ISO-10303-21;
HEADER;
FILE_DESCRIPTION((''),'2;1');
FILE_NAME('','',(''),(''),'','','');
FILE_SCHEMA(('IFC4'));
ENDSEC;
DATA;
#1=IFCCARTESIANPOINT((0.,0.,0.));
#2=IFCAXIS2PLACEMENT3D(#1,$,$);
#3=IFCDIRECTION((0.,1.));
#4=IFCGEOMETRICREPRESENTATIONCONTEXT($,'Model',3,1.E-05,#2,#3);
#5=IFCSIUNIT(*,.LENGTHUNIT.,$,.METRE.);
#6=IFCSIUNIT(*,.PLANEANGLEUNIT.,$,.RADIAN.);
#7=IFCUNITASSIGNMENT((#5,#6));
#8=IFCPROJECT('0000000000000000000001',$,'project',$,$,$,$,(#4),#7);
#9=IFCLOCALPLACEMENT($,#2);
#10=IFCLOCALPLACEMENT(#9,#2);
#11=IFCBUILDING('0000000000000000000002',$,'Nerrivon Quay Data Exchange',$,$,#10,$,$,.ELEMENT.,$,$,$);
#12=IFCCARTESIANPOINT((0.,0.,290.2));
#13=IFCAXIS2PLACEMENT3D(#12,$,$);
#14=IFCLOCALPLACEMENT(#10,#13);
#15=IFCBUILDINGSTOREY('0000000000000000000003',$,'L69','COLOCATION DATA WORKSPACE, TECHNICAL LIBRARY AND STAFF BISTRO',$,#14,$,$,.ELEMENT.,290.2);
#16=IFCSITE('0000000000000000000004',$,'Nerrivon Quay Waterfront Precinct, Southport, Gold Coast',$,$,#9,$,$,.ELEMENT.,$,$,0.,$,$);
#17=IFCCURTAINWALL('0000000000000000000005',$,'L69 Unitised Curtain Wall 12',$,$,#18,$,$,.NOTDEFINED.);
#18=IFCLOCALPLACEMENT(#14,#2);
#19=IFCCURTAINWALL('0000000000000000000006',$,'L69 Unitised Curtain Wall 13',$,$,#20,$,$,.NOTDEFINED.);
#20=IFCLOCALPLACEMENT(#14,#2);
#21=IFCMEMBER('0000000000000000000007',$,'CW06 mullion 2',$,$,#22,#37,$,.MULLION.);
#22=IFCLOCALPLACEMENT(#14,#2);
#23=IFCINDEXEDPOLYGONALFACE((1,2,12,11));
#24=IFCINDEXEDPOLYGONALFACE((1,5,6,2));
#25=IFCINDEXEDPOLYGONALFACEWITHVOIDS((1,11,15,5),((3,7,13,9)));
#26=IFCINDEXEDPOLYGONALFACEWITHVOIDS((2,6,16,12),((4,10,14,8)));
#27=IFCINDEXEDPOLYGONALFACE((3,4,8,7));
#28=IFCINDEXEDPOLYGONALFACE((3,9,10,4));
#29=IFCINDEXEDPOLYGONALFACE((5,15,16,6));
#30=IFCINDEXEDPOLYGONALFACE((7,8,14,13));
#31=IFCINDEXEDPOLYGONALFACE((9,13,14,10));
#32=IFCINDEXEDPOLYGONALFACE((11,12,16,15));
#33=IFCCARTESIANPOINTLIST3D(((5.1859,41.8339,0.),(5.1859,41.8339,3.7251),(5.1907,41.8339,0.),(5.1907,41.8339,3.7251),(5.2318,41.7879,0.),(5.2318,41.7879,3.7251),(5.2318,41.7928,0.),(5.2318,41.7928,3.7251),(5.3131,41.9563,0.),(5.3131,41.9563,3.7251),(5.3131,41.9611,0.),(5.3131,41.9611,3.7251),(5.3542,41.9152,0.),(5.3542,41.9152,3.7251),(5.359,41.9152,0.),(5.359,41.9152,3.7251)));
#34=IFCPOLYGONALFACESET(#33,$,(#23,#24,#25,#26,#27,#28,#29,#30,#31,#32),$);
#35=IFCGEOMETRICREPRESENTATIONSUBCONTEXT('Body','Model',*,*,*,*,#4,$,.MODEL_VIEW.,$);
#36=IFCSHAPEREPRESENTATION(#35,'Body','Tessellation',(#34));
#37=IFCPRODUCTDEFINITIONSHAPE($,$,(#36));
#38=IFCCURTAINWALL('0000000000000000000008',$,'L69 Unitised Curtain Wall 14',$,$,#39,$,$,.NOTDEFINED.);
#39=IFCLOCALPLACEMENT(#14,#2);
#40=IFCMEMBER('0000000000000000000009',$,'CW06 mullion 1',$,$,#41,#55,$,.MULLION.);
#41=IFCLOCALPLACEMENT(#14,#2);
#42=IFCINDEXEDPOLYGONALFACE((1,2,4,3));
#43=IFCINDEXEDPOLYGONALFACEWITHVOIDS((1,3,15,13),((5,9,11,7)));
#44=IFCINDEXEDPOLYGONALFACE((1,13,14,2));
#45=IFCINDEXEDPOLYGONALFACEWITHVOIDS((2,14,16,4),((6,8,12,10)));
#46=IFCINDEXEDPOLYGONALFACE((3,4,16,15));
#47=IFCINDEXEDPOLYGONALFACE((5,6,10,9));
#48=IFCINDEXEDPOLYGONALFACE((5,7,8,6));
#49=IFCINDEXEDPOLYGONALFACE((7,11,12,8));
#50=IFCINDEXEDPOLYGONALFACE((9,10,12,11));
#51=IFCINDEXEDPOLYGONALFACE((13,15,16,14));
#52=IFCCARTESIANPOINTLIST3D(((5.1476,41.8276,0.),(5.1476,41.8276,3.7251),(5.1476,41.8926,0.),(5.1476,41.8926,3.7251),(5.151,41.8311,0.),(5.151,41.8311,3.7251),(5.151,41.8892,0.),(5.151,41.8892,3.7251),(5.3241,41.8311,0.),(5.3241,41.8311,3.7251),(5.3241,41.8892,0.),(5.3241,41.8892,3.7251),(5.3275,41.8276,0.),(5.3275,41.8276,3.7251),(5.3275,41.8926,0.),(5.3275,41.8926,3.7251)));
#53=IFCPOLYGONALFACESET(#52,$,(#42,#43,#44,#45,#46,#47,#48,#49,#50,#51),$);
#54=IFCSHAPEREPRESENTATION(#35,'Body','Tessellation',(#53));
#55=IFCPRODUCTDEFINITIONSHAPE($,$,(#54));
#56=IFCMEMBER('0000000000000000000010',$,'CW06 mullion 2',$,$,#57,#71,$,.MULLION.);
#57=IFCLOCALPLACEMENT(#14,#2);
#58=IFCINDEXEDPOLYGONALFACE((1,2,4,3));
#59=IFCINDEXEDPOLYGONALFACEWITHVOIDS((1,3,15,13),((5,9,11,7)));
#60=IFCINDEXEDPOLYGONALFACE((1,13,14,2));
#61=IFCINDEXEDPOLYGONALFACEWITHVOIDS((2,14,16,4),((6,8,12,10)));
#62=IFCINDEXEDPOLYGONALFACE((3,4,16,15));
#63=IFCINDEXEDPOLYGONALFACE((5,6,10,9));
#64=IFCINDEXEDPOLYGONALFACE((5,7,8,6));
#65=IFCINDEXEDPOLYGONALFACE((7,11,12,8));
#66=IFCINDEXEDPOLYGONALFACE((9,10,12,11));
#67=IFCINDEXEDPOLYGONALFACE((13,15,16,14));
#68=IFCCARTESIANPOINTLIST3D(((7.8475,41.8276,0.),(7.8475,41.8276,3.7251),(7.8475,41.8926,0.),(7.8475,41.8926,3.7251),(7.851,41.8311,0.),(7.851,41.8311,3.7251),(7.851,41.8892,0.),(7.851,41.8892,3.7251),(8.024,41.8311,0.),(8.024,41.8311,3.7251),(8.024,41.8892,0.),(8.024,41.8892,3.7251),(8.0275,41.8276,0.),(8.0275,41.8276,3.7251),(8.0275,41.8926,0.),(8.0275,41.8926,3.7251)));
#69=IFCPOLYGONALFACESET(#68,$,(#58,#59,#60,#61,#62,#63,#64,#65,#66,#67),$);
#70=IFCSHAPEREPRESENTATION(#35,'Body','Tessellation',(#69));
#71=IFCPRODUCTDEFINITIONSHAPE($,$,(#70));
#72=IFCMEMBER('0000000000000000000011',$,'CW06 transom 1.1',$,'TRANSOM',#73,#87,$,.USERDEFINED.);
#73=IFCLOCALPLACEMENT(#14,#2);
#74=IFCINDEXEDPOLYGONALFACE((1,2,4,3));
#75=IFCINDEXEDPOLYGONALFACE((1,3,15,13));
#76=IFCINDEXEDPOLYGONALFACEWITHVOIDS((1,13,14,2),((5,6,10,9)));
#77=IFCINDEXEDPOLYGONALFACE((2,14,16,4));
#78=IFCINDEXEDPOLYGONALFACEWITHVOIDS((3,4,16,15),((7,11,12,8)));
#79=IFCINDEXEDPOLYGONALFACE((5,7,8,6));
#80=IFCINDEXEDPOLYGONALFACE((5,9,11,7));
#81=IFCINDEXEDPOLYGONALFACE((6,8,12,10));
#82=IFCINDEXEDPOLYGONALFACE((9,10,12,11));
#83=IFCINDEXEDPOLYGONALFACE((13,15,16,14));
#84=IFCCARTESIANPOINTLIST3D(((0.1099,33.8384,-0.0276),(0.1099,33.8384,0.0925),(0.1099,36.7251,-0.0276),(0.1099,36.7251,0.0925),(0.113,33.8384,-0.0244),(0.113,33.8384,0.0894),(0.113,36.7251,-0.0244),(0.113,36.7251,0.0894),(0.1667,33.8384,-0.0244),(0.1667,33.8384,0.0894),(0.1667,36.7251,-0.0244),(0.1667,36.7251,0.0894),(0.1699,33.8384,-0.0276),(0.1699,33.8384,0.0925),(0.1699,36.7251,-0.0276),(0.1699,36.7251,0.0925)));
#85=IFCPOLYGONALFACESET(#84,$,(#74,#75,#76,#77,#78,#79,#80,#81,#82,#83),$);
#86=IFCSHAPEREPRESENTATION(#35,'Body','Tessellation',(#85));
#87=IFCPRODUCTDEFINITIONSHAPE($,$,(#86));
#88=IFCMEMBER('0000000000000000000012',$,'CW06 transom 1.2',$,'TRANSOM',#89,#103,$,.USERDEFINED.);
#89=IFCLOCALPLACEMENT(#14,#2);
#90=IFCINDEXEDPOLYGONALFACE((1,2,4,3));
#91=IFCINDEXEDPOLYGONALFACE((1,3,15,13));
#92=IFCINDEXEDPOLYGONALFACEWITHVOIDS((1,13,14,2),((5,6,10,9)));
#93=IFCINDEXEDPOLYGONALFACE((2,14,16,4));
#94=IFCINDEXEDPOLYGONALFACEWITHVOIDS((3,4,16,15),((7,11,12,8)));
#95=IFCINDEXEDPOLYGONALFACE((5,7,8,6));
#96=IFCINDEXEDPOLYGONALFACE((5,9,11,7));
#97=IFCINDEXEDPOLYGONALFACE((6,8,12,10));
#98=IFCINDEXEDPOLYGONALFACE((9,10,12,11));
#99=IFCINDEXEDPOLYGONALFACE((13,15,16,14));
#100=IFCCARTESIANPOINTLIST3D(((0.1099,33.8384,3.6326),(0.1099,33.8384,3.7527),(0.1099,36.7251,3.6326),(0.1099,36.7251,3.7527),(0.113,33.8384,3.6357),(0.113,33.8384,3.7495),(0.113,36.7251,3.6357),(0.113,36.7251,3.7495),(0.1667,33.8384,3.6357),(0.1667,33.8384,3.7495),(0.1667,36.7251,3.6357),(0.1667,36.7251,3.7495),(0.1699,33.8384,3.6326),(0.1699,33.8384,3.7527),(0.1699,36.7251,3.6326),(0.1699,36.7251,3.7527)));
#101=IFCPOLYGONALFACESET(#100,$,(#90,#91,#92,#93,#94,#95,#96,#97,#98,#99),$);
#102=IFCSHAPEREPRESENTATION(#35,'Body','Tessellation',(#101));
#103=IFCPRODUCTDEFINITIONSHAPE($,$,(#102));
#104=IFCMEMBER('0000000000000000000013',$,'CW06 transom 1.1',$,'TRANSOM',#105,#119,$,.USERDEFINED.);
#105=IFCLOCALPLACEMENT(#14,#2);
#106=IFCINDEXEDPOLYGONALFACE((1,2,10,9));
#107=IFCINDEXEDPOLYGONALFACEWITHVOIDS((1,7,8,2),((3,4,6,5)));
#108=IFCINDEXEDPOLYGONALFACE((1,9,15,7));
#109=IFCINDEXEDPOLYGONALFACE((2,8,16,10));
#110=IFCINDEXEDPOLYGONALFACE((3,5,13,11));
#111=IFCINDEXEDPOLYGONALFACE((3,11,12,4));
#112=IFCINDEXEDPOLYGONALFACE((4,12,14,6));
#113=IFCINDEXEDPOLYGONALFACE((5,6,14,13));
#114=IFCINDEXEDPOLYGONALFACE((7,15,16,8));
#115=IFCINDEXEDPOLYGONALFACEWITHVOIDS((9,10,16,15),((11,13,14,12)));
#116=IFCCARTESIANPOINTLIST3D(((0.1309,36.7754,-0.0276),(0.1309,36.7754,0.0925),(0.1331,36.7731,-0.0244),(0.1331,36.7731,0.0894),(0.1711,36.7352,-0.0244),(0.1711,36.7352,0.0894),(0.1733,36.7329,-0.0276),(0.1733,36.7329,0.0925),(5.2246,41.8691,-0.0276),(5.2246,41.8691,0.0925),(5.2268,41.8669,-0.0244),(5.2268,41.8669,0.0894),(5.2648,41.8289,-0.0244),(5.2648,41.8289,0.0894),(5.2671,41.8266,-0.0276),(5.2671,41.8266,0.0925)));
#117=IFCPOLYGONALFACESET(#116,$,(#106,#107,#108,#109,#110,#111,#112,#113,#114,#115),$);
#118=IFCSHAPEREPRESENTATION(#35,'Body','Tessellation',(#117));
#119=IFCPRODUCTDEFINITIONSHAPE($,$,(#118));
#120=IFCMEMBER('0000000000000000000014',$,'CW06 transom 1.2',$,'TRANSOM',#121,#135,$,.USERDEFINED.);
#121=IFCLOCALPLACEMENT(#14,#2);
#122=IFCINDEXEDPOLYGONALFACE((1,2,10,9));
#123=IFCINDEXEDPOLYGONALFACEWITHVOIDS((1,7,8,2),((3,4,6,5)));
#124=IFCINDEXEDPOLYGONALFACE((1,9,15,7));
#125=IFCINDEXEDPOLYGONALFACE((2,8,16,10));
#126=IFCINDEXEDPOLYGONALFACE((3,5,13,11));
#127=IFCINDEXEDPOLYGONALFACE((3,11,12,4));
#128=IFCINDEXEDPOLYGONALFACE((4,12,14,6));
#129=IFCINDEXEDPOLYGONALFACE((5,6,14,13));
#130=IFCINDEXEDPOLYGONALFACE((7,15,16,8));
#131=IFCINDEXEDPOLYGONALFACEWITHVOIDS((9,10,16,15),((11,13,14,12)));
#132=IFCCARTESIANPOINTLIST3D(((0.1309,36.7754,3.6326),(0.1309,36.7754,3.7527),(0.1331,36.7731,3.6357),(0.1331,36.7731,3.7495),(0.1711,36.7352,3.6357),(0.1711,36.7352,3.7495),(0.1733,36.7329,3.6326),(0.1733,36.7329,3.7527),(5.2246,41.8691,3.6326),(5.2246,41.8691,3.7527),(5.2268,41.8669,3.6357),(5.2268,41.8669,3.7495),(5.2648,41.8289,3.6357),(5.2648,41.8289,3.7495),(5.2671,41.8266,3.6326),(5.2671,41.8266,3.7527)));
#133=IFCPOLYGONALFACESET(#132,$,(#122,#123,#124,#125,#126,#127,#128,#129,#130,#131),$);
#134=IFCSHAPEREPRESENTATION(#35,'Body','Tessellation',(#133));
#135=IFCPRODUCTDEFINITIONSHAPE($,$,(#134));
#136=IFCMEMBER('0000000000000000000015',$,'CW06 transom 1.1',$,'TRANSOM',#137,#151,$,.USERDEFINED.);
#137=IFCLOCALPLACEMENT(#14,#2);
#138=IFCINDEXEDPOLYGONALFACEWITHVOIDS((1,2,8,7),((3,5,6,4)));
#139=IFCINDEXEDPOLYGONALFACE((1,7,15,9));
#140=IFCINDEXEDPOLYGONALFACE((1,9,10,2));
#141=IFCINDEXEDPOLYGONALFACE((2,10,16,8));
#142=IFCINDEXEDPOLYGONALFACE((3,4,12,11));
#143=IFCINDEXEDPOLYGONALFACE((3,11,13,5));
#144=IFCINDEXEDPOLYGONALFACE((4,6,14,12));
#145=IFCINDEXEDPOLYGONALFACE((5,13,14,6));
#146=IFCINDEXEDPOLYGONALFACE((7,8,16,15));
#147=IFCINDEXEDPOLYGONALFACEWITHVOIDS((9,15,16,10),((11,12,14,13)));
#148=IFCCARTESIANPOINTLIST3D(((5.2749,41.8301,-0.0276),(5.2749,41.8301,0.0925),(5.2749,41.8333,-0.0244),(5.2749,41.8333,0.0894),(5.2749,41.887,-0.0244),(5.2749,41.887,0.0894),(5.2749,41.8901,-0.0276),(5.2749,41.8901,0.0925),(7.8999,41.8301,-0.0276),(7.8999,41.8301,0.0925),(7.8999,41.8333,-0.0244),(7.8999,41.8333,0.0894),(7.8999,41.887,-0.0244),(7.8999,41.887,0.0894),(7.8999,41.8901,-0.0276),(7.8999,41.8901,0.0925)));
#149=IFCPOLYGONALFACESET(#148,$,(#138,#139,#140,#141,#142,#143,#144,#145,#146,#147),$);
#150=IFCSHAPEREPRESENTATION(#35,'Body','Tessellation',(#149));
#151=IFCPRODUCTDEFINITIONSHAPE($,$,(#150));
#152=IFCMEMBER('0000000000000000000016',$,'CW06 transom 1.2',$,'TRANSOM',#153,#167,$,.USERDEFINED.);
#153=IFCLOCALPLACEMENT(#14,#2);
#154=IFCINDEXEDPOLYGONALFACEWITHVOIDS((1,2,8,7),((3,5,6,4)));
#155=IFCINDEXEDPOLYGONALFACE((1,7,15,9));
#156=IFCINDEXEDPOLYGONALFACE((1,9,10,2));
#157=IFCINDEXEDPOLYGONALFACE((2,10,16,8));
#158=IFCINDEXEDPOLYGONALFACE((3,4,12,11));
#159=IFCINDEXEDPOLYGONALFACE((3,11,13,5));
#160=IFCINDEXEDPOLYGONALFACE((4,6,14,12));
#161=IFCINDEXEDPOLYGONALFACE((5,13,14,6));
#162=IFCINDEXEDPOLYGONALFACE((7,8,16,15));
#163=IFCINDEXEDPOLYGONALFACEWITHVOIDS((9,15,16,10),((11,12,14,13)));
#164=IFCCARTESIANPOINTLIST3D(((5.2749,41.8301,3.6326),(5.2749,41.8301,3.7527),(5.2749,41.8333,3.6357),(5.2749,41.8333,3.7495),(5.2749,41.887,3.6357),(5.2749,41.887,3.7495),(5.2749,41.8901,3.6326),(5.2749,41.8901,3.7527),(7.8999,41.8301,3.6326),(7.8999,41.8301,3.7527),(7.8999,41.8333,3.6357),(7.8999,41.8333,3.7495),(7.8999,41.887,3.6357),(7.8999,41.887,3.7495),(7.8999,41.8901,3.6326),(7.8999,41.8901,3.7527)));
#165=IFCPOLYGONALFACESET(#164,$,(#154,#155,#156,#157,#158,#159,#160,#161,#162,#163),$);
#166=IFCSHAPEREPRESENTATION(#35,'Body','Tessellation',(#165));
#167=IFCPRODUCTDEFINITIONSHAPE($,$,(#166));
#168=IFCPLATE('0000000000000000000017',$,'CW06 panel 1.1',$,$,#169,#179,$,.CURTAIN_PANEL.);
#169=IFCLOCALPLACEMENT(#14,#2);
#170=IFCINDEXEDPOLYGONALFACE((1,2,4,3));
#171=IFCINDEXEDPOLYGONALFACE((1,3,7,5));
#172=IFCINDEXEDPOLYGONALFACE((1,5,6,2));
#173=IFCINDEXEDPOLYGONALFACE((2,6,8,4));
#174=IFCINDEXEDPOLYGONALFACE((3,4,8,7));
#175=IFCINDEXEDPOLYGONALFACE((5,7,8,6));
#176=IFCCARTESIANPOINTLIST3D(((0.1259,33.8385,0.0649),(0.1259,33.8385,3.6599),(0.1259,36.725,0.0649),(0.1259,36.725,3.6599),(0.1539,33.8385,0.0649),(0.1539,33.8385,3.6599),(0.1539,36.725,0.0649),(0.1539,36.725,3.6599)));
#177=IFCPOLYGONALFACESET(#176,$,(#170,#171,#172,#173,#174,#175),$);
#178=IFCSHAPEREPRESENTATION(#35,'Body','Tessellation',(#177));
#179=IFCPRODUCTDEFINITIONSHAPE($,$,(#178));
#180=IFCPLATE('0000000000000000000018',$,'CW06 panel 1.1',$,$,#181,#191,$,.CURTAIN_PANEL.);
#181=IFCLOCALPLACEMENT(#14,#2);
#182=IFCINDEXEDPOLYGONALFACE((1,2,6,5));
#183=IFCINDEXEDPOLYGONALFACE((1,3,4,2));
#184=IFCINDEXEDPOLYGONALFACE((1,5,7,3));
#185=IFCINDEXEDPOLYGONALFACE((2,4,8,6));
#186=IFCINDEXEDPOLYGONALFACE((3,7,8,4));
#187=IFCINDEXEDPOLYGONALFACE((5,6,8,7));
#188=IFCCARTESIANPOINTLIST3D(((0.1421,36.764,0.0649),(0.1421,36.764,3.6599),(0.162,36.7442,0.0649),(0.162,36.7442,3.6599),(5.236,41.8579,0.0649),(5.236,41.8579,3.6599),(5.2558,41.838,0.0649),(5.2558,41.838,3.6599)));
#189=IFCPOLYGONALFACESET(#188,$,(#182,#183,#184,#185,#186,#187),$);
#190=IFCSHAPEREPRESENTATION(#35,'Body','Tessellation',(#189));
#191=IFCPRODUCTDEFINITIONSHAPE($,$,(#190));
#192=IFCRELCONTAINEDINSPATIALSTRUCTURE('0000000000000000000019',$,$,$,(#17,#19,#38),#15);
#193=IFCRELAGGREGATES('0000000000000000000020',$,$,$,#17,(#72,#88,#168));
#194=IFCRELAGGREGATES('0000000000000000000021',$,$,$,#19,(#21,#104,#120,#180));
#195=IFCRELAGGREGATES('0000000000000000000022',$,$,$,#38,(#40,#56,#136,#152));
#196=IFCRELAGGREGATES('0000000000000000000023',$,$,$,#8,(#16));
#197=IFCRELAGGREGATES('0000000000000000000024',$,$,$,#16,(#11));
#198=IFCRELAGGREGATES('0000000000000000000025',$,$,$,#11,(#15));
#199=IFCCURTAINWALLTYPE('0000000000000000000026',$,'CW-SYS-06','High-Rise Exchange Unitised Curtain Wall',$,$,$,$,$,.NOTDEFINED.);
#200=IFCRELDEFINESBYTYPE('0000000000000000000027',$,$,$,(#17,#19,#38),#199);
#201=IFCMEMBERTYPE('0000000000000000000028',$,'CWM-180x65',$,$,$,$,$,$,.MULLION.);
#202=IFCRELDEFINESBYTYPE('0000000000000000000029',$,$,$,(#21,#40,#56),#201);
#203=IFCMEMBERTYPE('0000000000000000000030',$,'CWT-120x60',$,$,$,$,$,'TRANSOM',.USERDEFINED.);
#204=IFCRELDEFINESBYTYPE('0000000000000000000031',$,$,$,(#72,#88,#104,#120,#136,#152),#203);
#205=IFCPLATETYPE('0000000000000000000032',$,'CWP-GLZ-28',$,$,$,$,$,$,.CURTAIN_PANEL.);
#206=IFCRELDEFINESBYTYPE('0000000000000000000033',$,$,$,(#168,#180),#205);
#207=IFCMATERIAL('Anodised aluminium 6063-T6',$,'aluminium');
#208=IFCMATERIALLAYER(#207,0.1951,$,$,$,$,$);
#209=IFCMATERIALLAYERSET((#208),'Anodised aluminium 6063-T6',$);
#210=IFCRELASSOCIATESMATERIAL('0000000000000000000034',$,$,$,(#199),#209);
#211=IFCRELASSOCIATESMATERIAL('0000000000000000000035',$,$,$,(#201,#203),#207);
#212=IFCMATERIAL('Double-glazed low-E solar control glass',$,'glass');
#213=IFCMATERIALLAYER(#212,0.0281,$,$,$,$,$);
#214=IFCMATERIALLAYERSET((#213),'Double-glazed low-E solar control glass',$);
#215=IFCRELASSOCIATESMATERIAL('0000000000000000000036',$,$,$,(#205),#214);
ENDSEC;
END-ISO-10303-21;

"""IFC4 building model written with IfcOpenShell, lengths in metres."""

from ifc_helpers import new_model, si_unit, direction, frame, origin, origin_2d, place, context, subcontext, project, spatial, rectangle, hollow_rectangle, extrude, material, layer, layer_set, material_profile, profile_set, type_object, element, aggregate, save


model = new_model("IFC4")

# Units and contexts
model_context = context("Model", 3, precision=1e-05, world=origin(), true_north=direction((0.0, 1.0)))
body_context = subcontext(model_context, "Body", "Model", "MODEL_VIEW")
ifc_project = project(units=[si_unit("LENGTHUNIT", "METRE"), si_unit("PLANEANGLEUNIT", "RADIAN")], contexts=[model_context])

# Site, building, storey
site_placement = place(None, origin())
site = spatial("IfcSite", under=ifc_project, at=site_placement, Name="Nerrivon Quay Waterfront Precinct, Southport, Gold Coast", CompositionType="ELEMENT", RefElevation=0.0)
building_placement = place(site_placement, origin())
building = spatial("IfcBuilding", under=site, at=building_placement, Name="Nerrivon Quay Data Exchange", CompositionType="ELEMENT")
storey_placement = place(building_placement, frame((0.0, 0.0, 290.2)))
storey = spatial("IfcBuildingStorey", under=building, at=storey_placement, Name="L69", Description="COLOCATION DATA WORKSPACE, TECHNICAL LIBRARY AND STAFF BISTRO", CompositionType="ELEMENT", Elevation=290.2)

# Shared definitions
ifc_material_1 = material(Name="Anodised aluminium 6063-T6", Category="aluminium")
ifc_layer_1 = layer(ifc_material_1, 0.1951)
ifc_layer_set_1 = layer_set([ifc_layer_1], Name="Anodised aluminium 6063-T6")
curtain_wall_type = type_object("IfcCurtainWallType", Name="CW-SYS-06", Description="High-Rise Exchange Unitised Curtain Wall", PredefinedType="NOTDEFINED", material=ifc_layer_set_1)
ifc_material_profile_1 = material_profile(ifc_material_1, hollow_rectangle(XDim=0.0649, YDim=0.1799, WallThickness=0.0034, at=origin_2d()), Name="ALU-MULL-180x65")
ifc_profile_set_1 = profile_set([ifc_material_profile_1], Name="Anodised aluminium 6063-T6")
member_type_1 = type_object("IfcMemberType", Name="CWM-180x65", PredefinedType="MULLION", material=ifc_profile_set_1)

# Curtain walls, members
curtain_wall_1_placement = place(storey_placement, origin())
curtain_wall_1 = element("IfcCurtainWall", 1, at=curtain_wall_1_placement, inside=storey, type_object=curtain_wall_type, Name="L69 Unitised Curtain Wall 12", PredefinedType="NOTDEFINED")
curtain_wall_2_placement = place(storey_placement, origin())
curtain_wall_2 = element("IfcCurtainWall", 2, at=curtain_wall_2_placement, inside=storey, type_object=curtain_wall_type, Name="L69 Unitised Curtain Wall 13", PredefinedType="NOTDEFINED")
member_1_placement = place(storey_placement, frame((5.2725, 41.8745, 0.0), z_axis=(0.0, 0.0, 1.0), x_axis=(-0.707107, 0.707107, 0.0)))
member_1 = element("IfcMember", 3, at=member_1_placement, type_object=member_type_1, Name="CW06 mullion 2", PredefinedType="MULLION", context=body_context, shape_type="SweptSolid", body=[
    extrude(hollow_rectangle(XDim=0.0649, YDim=0.1799, WallThickness=0.0034, at=origin_2d()), origin(), (0.0, 0.0, 1.0), 3.7251),
])
curtain_wall_3_placement = place(storey_placement, origin())
curtain_wall_3 = element("IfcCurtainWall", 4, at=curtain_wall_3_placement, inside=storey, type_object=curtain_wall_type, Name="L69 Unitised Curtain Wall 14", PredefinedType="NOTDEFINED")
member_2_placement = place(storey_placement, frame((5.2375, 41.8601, 0.0), z_axis=(0.0, 0.0, 1.0), x_axis=(0.0, 1.0, 0.0)))
member_2 = element("IfcMember", 5, at=member_2_placement, type_object=member_type_1, Name="CW06 mullion 1", PredefinedType="MULLION", context=body_context, shape_type="SweptSolid", body=[
    extrude(hollow_rectangle(XDim=0.0649, YDim=0.1799, WallThickness=0.0034, at=origin_2d()), origin(), (0.0, 0.0, 1.0), 3.7251),
])
member_3_placement = place(storey_placement, frame((7.9375, 41.8601, 0.0), z_axis=(0.0, 0.0, 1.0), x_axis=(0.0, 1.0, 0.0)))
member_3 = element("IfcMember", 6, at=member_3_placement, type_object=member_type_1, Name="CW06 mullion 2", PredefinedType="MULLION", context=body_context, shape_type="SweptSolid", body=[
    extrude(hollow_rectangle(XDim=0.0649, YDim=0.1799, WallThickness=0.0034, at=origin_2d()), origin(), (0.0, 0.0, 1.0), 3.7251),
])

# Members
ifc_material_profile_2 = material_profile(ifc_material_1, hollow_rectangle(XDim=0.0601, YDim=0.1201, WallThickness=0.0032, at=origin_2d()), Name="ALU-TRAN-120x60")
ifc_profile_set_2 = profile_set([ifc_material_profile_2], Name="Anodised aluminium 6063-T6")
member_type_2 = type_object("IfcMemberType", Name="CWT-120x60", ElementType="TRANSOM", PredefinedType="USERDEFINED", material=ifc_profile_set_2)
member_4_placement = place(storey_placement, frame((0.1399, 33.8384, 0.0325), z_axis=(0.0, 1.0, 0.0), x_axis=(-1.0, 0.0, 0.0)))
member_4 = element("IfcMember", 7, at=member_4_placement, type_object=member_type_2, Name="CW06 transom 1.1", ObjectType="TRANSOM", PredefinedType="USERDEFINED", context=body_context, shape_type="SweptSolid", body=[
    extrude(hollow_rectangle(XDim=0.0601, YDim=0.1201, WallThickness=0.0032, at=origin_2d()), origin(), (0.0, 0.0, 1.0), 2.8867),
])
member_5_placement = place(storey_placement, frame((0.1399, 33.8384, 3.6926), z_axis=(0.0, 1.0, 0.0), x_axis=(-1.0, 0.0, 0.0)))
member_5 = element("IfcMember", 8, at=member_5_placement, type_object=member_type_2, Name="CW06 transom 1.2", ObjectType="TRANSOM", PredefinedType="USERDEFINED", context=body_context, shape_type="SweptSolid", body=[
    extrude(hollow_rectangle(XDim=0.0601, YDim=0.1201, WallThickness=0.0032, at=origin_2d()), origin(), (0.0, 0.0, 1.0), 2.8867),
])
member_6_placement = place(storey_placement, frame((0.1521, 36.7542, 0.0325), z_axis=(0.707107, 0.707107, 0.0), x_axis=(-0.707107, 0.707107, 0.0)))
member_6 = element("IfcMember", 9, at=member_6_placement, type_object=member_type_2, Name="CW06 transom 1.1", ObjectType="TRANSOM", PredefinedType="USERDEFINED", context=body_context, shape_type="SweptSolid", body=[
    extrude(hollow_rectangle(XDim=0.0601, YDim=0.1201, WallThickness=0.0032, at=origin_2d()), origin(), (0.0, 0.0, 1.0), 7.2036),
])
member_7_placement = place(storey_placement, frame((0.1521, 36.7542, 3.6926), z_axis=(0.707107, 0.707107, 0.0), x_axis=(-0.707107, 0.707107, 0.0)))
member_7 = element("IfcMember", 10, at=member_7_placement, type_object=member_type_2, Name="CW06 transom 1.2", ObjectType="TRANSOM", PredefinedType="USERDEFINED", context=body_context, shape_type="SweptSolid", body=[
    extrude(hollow_rectangle(XDim=0.0601, YDim=0.1201, WallThickness=0.0032, at=origin_2d()), origin(), (0.0, 0.0, 1.0), 7.2036),
])
member_8_placement = place(storey_placement, frame((5.2749, 41.8601, 0.0325), z_axis=(1.0, 0.0, 0.0), x_axis=(0.0, 1.0, 0.0)))
member_8 = element("IfcMember", 11, at=member_8_placement, type_object=member_type_2, Name="CW06 transom 1.1", ObjectType="TRANSOM", PredefinedType="USERDEFINED", context=body_context, shape_type="SweptSolid", body=[
    extrude(hollow_rectangle(XDim=0.0601, YDim=0.1201, WallThickness=0.0032, at=origin_2d()), origin(), (0.0, 0.0, 1.0), 2.625),
])
member_9_placement = place(storey_placement, frame((5.2749, 41.8601, 3.6926), z_axis=(1.0, 0.0, 0.0), x_axis=(0.0, 1.0, 0.0)))
member_9 = element("IfcMember", 12, at=member_9_placement, type_object=member_type_2, Name="CW06 transom 1.2", ObjectType="TRANSOM", PredefinedType="USERDEFINED", context=body_context, shape_type="SweptSolid", body=[
    extrude(hollow_rectangle(XDim=0.0601, YDim=0.1201, WallThickness=0.0032, at=origin_2d()), origin(), (0.0, 0.0, 1.0), 2.625),
])

# Plates
ifc_material_2 = material(Name="Double-glazed low-E solar control glass", Category="glass")
ifc_layer_2 = layer(ifc_material_2, 0.0281)
ifc_layer_set_2 = layer_set([ifc_layer_2], Name="Double-glazed low-E solar control glass")
plate_type = type_object("IfcPlateType", Name="CWP-GLZ-28", PredefinedType="CURTAIN_PANEL", material=ifc_layer_set_2)
plate_1_placement = place(storey_placement, frame((0.1399, 35.2817, 0.0649), z_axis=(0.0, 0.0, 1.0), x_axis=(0.0, 1.0, 0.0)))
plate_1 = element("IfcPlate", 13, at=plate_1_placement, type_object=plate_type, Name="CW06 panel 1.1", PredefinedType="CURTAIN_PANEL", context=body_context, shape_type="SweptSolid", body=[
    extrude(rectangle(XDim=2.8865, YDim=0.0281, at=origin_2d()), origin(), (0.0, 0.0, 1.0), 3.595),
])
aggregate(curtain_wall_1, [member_4, member_5, plate_1])
plate_2_placement = place(storey_placement, frame((2.699, 39.301, 0.0649), z_axis=(0.0, 0.0, 1.0), x_axis=(0.707107, 0.707107, 0.0)))
plate_2 = element("IfcPlate", 14, at=plate_2_placement, type_object=plate_type, Name="CW06 panel 1.1", PredefinedType="CURTAIN_PANEL", context=body_context, shape_type="SweptSolid", body=[
    extrude(rectangle(XDim=7.2039, YDim=0.0281, at=origin_2d()), origin(), (0.0, 0.0, 1.0), 3.595),
])
aggregate(curtain_wall_2, [member_1, member_6, member_7, plate_2])
aggregate(curtain_wall_3, [member_2, member_3, member_8, member_9])

save(model, "model.ifc")
